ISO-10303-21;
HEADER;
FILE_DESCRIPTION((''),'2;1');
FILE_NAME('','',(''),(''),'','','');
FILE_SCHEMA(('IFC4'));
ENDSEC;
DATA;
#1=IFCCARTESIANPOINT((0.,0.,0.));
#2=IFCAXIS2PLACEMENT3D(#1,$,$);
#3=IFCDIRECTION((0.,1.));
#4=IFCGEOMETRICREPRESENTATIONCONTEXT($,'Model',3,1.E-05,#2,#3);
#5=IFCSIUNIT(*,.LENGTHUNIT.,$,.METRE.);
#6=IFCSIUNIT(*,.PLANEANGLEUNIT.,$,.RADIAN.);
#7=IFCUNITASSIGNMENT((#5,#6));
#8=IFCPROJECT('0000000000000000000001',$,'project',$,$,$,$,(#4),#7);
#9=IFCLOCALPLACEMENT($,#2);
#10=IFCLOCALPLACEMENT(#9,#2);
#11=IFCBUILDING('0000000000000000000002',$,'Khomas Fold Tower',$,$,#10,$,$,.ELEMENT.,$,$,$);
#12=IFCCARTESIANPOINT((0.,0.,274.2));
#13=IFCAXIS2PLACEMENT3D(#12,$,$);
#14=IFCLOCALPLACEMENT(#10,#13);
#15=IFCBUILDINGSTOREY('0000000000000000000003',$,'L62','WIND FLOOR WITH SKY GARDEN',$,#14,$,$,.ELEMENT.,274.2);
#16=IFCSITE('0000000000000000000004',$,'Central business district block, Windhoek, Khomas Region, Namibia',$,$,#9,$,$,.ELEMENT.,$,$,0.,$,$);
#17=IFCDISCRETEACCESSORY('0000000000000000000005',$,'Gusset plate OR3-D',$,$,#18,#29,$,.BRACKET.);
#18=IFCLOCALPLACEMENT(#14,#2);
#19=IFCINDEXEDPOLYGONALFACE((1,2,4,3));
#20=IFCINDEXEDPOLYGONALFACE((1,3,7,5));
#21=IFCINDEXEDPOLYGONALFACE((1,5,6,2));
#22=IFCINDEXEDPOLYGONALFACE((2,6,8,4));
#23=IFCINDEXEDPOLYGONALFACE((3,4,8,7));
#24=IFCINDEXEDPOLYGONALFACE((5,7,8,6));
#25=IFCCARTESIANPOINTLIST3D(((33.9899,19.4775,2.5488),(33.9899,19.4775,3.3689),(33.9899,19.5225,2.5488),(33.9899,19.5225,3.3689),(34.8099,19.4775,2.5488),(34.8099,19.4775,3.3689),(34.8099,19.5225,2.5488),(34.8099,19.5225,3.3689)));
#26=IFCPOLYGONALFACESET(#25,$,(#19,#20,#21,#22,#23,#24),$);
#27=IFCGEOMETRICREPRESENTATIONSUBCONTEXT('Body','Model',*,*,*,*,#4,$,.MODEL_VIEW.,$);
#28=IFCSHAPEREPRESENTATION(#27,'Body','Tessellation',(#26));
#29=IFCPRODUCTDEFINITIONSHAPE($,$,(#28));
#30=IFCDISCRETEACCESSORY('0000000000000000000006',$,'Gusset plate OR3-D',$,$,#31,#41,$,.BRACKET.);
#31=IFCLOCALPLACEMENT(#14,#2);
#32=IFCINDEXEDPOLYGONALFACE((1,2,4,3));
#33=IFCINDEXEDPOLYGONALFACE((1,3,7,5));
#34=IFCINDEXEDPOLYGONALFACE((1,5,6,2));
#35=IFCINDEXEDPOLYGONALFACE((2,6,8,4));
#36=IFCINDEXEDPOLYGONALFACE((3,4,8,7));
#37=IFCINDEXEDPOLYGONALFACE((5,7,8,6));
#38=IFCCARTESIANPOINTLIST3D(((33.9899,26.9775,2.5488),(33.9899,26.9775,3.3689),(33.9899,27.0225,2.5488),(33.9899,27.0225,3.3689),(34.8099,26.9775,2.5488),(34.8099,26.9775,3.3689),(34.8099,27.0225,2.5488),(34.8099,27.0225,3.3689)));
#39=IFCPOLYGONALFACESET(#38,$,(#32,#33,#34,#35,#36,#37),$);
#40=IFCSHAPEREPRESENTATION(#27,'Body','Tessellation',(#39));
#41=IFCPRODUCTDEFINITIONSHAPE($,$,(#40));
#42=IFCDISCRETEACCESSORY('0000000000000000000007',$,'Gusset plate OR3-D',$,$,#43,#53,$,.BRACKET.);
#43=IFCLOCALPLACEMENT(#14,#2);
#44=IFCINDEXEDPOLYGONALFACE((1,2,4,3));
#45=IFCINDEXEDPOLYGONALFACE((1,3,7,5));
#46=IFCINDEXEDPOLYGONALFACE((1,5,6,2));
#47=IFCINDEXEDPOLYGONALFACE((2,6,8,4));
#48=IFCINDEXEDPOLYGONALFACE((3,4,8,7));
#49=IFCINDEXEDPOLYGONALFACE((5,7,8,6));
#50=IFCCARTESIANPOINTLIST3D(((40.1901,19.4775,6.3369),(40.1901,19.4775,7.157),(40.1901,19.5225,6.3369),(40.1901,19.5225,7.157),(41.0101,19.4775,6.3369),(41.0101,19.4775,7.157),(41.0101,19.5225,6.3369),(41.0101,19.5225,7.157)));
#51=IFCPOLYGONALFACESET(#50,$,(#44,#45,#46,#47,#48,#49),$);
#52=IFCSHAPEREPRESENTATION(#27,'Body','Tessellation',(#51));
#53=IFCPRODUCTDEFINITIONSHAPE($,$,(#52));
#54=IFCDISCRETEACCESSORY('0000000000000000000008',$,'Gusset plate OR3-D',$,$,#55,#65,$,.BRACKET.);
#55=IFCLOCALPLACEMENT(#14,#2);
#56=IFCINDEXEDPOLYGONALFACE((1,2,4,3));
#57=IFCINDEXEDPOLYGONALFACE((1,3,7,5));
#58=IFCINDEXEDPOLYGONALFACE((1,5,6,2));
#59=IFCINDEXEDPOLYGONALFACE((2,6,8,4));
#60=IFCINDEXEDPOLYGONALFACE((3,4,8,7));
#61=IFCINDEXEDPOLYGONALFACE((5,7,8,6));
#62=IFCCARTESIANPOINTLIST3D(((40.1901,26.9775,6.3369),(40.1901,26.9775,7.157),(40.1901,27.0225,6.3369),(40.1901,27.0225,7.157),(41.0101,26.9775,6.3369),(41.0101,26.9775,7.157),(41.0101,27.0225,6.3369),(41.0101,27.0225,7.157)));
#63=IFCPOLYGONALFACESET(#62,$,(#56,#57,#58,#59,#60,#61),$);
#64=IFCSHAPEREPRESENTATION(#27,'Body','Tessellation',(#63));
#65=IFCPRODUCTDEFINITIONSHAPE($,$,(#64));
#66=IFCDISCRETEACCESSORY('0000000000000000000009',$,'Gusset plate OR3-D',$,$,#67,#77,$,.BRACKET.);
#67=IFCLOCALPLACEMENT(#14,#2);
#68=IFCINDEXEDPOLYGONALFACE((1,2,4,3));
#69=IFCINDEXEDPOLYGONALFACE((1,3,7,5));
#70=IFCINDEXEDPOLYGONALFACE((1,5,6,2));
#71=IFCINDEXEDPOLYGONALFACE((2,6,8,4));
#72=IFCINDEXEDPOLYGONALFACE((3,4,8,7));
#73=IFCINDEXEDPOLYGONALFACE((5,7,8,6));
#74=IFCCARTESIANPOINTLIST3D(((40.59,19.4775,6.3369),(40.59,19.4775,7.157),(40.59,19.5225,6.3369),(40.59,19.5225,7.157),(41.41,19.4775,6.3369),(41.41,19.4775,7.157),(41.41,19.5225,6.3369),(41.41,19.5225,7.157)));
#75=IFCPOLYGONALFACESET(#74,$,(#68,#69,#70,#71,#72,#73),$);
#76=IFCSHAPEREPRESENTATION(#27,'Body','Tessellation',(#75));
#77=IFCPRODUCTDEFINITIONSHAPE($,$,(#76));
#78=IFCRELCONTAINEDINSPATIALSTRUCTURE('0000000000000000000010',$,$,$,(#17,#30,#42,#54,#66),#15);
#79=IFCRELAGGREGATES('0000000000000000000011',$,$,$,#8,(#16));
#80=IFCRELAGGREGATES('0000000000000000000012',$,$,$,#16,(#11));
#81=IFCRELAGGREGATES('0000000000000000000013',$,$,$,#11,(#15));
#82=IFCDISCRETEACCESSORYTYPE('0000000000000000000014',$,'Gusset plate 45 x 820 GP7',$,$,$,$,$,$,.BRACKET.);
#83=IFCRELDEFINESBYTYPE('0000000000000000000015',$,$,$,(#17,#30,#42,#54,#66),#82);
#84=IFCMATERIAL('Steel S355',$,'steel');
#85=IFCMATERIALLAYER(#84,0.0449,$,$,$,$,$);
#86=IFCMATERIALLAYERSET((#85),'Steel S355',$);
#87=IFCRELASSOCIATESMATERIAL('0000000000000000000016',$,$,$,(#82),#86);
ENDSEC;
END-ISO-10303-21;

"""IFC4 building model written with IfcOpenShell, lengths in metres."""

from ifc_helpers import new_model, si_unit, direction, frame, origin, origin_2d, place, context, subcontext, project, spatial, rectangle, extrude, source, transform, mapped, material, layer, layer_set, type_object, element, save


model = new_model("IFC4")

# Units and contexts
model_context = context("Model", 3, precision=1e-05, world=origin(), true_north=direction((0.0, 1.0)))
body_context = subcontext(model_context, "Body", "Model", "MODEL_VIEW")
ifc_project = project(units=[si_unit("LENGTHUNIT", "METRE"), si_unit("PLANEANGLEUNIT", "RADIAN")], contexts=[model_context])

# Site, building, storey
site_placement = place(None, origin())
site = spatial("IfcSite", under=ifc_project, at=site_placement, Name="Central business district block, Windhoek, Khomas Region, Namibia", CompositionType="ELEMENT", RefElevation=0.0)
building_placement = place(site_placement, origin())
building = spatial("IfcBuilding", under=site, at=building_placement, Name="Khomas Fold Tower", CompositionType="ELEMENT")
storey_placement = place(building_placement, frame((0.0, 0.0, 274.2)))
storey = spatial("IfcBuildingStorey", under=building, at=storey_placement, Name="L62", Description="WIND FLOOR WITH SKY GARDEN", CompositionType="ELEMENT", Elevation=274.2)

# Discrete accessories
ifc_material_1 = material(Name="Steel S355", Category="steel")
ifc_layer = layer(ifc_material_1, 0.0449)
ifc_layer_set = layer_set([ifc_layer], Name="Steel S355")
discrete_accessory_type = type_object("IfcDiscreteAccessoryType", Name="Gusset plate 45 x 820 GP7", PredefinedType="BRACKET", material=ifc_layer_set)
shared_shape_1 = source(origin(), body_context, "Body", "SweptSolid", [
    extrude(rectangle(XDim=0.8201, YDim=0.0449, at=origin_2d()), origin(), (0.0, 0.0, 1.0), 0.8201),
])
for number, where, z_axis, x_axis, name in (
    (1, (34.3999, 19.5, 2.5488), (0.0, 0.0, 1.0), (1.0, 0.0, 0.0), "Gusset plate OR3-D"),
    (2, (34.3999, 27.0, 2.5488), (0.0, 0.0, 1.0), (1.0, 0.0, 0.0), "Gusset plate OR3-D"),
    (3, (40.6001, 19.5, 6.3369), (0.0, 0.0, 1.0), (1.0, 0.0, 0.0), "Gusset plate OR3-D"),
    (4, (40.6001, 27.0, 6.3369), (0.0, 0.0, 1.0), (1.0, 0.0, 0.0), "Gusset plate OR3-D"),
    (5, (41.0, 19.5, 6.3369), (0.0, 0.0, 1.0), (1.0, 0.0, 0.0), "Gusset plate OR3-D"),
):
    element("IfcDiscreteAccessory", number, at=place(storey_placement, frame(where, z_axis=z_axis, x_axis=x_axis)), inside=storey, type_object=discrete_accessory_type, Name=name, PredefinedType="BRACKET", context=body_context, shape_type="MappedRepresentation", body=[
        mapped(shared_shape_1, transform((0.0, 0.0, 0.0))),
    ])

save(model, "model.ifc")
